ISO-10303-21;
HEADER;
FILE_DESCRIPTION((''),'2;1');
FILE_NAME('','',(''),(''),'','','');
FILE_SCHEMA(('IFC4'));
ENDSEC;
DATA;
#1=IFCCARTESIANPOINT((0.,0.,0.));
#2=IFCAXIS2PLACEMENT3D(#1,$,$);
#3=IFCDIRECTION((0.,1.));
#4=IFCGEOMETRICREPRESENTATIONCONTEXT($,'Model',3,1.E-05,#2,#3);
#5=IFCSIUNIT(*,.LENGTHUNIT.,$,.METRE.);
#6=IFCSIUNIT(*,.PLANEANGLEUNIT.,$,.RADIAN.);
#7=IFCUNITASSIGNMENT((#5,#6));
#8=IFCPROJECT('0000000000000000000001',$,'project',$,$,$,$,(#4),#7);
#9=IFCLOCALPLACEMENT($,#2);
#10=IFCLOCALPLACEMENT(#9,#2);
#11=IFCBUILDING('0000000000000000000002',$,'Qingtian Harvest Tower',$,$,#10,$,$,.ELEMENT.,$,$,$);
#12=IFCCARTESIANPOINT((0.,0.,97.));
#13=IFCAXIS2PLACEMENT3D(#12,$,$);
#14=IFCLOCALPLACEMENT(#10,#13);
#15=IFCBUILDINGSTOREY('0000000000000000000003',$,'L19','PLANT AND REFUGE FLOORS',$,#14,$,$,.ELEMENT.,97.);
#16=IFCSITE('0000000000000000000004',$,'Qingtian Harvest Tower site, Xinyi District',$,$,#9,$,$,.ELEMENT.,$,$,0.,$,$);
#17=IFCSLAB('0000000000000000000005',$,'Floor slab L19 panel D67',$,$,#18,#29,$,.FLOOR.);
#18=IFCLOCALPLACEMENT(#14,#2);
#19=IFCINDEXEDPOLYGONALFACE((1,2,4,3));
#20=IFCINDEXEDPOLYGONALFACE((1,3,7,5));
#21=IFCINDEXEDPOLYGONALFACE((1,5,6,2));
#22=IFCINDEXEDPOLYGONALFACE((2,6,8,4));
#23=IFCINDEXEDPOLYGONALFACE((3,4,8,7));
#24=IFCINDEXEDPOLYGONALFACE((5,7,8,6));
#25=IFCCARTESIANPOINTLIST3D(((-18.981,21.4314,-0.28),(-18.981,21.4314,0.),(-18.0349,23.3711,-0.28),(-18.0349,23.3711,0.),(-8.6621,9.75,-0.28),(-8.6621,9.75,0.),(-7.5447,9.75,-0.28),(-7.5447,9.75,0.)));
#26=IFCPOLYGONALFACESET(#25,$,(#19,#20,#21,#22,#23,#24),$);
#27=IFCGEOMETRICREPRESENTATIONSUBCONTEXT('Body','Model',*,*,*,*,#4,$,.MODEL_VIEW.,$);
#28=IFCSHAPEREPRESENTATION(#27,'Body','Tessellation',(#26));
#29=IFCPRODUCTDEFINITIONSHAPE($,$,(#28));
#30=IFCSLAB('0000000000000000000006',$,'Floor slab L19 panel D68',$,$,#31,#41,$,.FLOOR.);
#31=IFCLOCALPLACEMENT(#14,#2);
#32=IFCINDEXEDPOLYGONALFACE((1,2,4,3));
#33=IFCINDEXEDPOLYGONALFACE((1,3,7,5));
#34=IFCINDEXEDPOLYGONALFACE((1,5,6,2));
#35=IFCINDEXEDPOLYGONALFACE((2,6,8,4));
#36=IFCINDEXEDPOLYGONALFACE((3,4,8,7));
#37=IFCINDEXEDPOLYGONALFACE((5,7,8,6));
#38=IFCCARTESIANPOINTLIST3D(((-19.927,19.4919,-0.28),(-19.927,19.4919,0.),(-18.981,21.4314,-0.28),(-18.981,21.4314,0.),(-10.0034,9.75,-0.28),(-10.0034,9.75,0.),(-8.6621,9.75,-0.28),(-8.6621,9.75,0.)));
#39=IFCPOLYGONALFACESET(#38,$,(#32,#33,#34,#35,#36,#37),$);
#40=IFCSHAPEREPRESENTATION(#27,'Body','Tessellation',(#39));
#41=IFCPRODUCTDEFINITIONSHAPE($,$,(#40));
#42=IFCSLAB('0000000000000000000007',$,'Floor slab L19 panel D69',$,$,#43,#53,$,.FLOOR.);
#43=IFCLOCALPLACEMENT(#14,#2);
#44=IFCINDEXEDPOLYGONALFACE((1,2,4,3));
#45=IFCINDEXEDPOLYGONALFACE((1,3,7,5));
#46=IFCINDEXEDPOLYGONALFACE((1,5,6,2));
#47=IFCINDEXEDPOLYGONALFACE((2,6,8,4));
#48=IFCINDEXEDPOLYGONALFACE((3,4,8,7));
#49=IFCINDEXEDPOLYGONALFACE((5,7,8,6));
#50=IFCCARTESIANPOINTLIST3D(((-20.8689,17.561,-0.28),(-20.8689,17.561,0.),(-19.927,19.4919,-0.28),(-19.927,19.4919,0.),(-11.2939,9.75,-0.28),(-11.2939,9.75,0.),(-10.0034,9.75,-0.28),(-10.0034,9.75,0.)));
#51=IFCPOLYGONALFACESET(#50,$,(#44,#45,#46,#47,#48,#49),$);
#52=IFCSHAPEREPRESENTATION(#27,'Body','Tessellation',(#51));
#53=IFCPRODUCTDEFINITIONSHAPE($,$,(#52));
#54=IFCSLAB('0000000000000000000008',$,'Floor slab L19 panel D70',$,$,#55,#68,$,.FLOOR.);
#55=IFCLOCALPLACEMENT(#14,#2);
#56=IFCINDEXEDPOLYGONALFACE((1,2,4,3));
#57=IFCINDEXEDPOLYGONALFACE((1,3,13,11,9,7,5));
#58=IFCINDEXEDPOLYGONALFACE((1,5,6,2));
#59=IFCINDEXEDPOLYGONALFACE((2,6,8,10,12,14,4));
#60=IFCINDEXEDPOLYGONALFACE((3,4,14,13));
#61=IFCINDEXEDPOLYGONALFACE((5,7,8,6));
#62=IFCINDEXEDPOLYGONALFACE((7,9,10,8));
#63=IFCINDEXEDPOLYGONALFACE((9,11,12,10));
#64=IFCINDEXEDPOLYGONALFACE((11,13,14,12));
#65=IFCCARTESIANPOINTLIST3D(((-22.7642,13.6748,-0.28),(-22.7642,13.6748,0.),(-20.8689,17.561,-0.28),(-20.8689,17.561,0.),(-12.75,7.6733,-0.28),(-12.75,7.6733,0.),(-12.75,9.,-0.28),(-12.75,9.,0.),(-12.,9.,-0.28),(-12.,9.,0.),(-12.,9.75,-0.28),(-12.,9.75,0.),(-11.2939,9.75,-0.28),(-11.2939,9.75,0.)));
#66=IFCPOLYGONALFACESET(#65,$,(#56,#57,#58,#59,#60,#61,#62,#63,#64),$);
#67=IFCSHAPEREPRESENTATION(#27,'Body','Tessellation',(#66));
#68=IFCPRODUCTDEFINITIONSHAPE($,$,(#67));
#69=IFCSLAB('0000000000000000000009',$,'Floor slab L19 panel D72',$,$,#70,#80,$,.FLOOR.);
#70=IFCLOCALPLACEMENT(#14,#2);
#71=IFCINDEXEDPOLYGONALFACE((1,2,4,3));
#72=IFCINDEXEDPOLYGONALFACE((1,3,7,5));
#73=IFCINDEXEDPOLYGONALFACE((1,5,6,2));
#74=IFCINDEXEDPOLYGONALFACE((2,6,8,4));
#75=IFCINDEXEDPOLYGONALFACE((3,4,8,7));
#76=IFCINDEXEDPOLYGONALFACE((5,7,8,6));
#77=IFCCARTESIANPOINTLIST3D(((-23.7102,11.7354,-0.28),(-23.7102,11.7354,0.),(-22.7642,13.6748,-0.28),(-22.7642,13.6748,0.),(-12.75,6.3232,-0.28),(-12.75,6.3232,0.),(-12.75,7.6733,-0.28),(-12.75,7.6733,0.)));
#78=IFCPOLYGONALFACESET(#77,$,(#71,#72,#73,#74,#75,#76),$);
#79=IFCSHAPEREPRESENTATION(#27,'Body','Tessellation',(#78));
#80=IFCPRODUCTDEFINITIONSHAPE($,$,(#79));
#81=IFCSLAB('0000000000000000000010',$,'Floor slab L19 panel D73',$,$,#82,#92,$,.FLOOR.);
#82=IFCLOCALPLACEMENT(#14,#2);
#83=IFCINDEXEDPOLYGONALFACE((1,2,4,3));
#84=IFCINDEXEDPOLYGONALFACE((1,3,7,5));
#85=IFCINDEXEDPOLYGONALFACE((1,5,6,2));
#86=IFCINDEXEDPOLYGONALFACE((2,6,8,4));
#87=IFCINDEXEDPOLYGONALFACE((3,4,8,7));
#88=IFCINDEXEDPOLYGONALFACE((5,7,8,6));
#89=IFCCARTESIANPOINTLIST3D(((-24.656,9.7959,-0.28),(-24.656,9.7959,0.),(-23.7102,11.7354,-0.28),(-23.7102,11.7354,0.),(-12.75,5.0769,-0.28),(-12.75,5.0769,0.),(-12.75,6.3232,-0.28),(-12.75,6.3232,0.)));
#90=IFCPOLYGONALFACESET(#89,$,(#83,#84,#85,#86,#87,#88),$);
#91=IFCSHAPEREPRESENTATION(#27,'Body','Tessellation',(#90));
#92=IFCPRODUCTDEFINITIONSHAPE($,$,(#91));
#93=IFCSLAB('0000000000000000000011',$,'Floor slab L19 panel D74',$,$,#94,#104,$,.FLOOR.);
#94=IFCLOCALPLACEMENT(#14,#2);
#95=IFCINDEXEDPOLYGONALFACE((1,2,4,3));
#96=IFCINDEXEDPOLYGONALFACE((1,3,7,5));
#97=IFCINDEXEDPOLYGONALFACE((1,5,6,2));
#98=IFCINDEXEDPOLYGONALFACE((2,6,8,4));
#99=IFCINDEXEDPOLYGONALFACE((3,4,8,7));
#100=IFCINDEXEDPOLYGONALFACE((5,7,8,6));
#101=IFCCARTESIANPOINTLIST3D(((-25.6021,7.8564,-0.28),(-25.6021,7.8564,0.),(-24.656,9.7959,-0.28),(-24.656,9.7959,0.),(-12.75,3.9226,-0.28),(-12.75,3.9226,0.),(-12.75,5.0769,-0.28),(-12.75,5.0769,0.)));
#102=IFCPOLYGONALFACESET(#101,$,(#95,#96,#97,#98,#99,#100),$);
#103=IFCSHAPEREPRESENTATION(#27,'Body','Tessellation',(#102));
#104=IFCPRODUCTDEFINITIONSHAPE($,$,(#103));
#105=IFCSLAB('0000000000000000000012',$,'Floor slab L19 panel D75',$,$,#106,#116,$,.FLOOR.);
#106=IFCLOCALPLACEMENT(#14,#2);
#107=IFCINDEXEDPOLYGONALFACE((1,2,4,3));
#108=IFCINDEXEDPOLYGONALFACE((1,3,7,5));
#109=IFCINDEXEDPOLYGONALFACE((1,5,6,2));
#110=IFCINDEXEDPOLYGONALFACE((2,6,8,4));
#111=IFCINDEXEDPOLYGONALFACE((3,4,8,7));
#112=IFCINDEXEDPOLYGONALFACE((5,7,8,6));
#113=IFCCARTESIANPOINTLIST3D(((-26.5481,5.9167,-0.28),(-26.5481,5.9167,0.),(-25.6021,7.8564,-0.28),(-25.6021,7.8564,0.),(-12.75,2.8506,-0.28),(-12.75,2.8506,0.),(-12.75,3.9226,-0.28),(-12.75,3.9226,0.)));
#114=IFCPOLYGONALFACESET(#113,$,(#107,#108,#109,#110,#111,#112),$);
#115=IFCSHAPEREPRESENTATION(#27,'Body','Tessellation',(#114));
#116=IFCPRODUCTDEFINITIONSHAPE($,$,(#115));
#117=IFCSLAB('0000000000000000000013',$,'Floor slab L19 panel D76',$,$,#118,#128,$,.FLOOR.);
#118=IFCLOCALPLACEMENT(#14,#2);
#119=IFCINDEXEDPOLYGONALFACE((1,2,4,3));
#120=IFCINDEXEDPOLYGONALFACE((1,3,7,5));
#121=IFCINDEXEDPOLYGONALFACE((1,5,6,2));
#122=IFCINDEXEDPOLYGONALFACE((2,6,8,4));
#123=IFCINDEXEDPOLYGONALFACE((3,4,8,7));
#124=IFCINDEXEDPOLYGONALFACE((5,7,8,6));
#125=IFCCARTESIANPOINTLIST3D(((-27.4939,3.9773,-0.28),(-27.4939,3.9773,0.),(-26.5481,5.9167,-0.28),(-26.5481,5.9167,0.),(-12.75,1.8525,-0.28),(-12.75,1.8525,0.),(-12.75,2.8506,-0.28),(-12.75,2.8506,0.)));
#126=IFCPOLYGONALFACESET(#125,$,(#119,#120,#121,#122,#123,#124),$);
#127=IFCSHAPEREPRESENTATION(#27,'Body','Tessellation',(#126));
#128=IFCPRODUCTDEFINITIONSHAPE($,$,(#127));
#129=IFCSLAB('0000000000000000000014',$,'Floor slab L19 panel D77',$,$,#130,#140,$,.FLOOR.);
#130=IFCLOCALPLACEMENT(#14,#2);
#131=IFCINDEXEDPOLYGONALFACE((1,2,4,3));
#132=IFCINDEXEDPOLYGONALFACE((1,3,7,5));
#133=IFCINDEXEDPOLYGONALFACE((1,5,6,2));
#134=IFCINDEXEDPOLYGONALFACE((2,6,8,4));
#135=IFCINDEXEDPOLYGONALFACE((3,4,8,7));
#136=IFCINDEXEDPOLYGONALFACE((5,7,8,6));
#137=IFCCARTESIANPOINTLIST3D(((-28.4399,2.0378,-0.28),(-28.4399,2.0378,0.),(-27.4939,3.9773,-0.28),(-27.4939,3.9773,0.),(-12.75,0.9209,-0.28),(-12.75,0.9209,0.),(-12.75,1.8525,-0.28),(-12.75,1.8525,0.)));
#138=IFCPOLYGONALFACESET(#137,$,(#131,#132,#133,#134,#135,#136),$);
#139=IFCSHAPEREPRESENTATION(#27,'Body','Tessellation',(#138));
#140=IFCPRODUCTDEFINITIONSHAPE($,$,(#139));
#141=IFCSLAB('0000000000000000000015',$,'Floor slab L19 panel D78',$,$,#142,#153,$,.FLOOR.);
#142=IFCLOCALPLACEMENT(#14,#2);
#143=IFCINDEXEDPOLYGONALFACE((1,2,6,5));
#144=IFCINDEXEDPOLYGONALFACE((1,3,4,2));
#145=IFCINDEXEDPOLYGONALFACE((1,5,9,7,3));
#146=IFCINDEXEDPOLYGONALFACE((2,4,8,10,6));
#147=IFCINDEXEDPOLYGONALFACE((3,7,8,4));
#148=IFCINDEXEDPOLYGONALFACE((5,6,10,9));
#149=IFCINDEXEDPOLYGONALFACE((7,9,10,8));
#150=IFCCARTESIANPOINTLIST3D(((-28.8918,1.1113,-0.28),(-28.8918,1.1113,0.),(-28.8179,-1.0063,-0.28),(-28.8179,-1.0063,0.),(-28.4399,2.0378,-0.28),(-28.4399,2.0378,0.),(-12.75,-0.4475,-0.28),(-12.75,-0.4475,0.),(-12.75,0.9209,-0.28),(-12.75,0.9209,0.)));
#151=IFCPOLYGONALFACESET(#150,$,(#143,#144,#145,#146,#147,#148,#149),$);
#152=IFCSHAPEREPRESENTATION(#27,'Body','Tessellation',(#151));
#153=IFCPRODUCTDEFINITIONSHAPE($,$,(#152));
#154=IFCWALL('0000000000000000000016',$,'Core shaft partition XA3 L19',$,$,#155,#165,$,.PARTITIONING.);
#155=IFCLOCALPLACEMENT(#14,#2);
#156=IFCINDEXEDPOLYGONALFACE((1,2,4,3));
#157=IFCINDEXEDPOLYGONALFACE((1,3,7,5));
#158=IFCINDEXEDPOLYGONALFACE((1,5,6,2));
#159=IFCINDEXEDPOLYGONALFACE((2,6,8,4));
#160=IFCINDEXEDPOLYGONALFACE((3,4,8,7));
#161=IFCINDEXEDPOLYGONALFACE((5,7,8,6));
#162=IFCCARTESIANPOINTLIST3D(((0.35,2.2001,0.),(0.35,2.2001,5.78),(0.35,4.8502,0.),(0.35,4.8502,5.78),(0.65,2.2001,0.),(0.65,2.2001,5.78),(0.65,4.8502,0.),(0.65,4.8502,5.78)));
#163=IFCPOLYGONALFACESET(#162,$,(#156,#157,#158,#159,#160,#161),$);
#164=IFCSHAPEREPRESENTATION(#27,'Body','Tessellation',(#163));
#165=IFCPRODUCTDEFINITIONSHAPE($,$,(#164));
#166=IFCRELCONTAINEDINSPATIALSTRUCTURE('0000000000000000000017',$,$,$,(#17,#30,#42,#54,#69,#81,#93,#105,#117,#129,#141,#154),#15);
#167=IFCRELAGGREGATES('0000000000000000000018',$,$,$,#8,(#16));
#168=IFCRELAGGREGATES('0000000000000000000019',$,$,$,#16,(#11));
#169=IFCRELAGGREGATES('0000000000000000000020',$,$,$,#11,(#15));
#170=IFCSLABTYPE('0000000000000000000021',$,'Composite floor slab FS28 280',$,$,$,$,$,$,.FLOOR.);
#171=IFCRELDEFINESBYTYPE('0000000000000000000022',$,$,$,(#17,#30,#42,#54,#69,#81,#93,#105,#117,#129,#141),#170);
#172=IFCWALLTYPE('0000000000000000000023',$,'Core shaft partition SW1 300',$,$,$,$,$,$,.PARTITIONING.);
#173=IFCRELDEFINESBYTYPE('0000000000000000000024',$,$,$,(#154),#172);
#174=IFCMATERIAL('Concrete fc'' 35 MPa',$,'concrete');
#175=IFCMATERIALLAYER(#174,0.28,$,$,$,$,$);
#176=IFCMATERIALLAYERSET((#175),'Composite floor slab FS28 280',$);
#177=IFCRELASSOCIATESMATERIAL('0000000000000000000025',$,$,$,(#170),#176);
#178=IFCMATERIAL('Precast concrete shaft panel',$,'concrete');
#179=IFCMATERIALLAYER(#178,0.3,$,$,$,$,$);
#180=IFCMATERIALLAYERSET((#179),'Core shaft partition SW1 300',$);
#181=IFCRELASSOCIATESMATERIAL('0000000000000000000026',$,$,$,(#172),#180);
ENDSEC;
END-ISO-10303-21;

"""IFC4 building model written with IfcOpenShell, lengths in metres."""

from ifc_helpers import new_model, si_unit, direction, frame, frame_2d, origin, place, context, subcontext, project, spatial, polyline, rectangle, outline, extrude, material, layer, layer_set, type_object, element, save


model = new_model("IFC4")

# Units and contexts
model_context = context("Model", 3, precision=1e-05, world=origin(), true_north=direction((0.0, 1.0)))
body_context = subcontext(model_context, "Body", "Model", "MODEL_VIEW")
ifc_project = project(units=[si_unit("LENGTHUNIT", "METRE"), si_unit("PLANEANGLEUNIT", "RADIAN")], contexts=[model_context])

# Site, building, storey
site_placement = place(None, origin())
site = spatial("IfcSite", under=ifc_project, at=site_placement, Name="Qingtian Harvest Tower site, Xinyi District", CompositionType="ELEMENT", RefElevation=0.0)
building_placement = place(site_placement, origin())
building = spatial("IfcBuilding", under=site, at=building_placement, Name="Qingtian Harvest Tower", CompositionType="ELEMENT")
storey_placement = place(building_placement, frame((0.0, 0.0, 97.0)))
storey = spatial("IfcBuildingStorey", under=building, at=storey_placement, Name="L19", Description="PLANT AND REFUGE FLOORS", CompositionType="ELEMENT", Elevation=97.0)

# Slabs
ifc_material_1 = material(Name="Concrete fc' 35 MPa", Category="concrete")
ifc_layer_1 = layer(ifc_material_1, 0.28)
ifc_layer_set_1 = layer_set([ifc_layer_1], Name="Composite floor slab FS28 280")
slab_type = type_object("IfcSlabType", Name="Composite floor slab FS28 280", PredefinedType="FLOOR", material=ifc_layer_set_1)
slab_1_placement = place(storey_placement, frame((0.0, 0.0, -0.28)))
element("IfcSlab", 1, at=slab_1_placement, inside=storey, type_object=slab_type, Name="Floor slab L19 panel D67", PredefinedType="FLOOR", context=body_context, shape_type="SweptSolid", body=[
    extrude(outline(polyline([(-8.6621, 9.75), (-18.981, 21.4314), (-18.0349, 23.3711), (-7.5447, 9.75), (-8.6621, 9.75)])), origin(), (0.0, 0.0, 1.0), 0.28),
])
slab_2_placement = place(storey_placement, frame((0.0, 0.0, -0.28)))
element("IfcSlab", 2, at=slab_2_placement, inside=storey, type_object=slab_type, Name="Floor slab L19 panel D68", PredefinedType="FLOOR", context=body_context, shape_type="SweptSolid", body=[
    extrude(outline(polyline([(-10.0034, 9.75), (-19.927, 19.4919), (-18.981, 21.4314), (-8.6621, 9.75), (-10.0034, 9.75)])), origin(), (0.0, 0.0, 1.0), 0.28),
])
slab_3_placement = place(storey_placement, frame((0.0, 0.0, -0.28)))
element("IfcSlab", 3, at=slab_3_placement, inside=storey, type_object=slab_type, Name="Floor slab L19 panel D69", PredefinedType="FLOOR", context=body_context, shape_type="SweptSolid", body=[
    extrude(outline(polyline([(-11.2939, 9.75), (-20.8689, 17.561), (-19.927, 19.4919), (-10.0034, 9.75), (-11.2939, 9.75)])), origin(), (0.0, 0.0, 1.0), 0.28),
])
slab_4_placement = place(storey_placement, frame((0.0, 0.0, -0.28)))
element("IfcSlab", 4, at=slab_4_placement, inside=storey, type_object=slab_type, Name="Floor slab L19 panel D70", PredefinedType="FLOOR", context=body_context, shape_type="SweptSolid", body=[
    extrude(outline(polyline([(-12.0, 9.0), (-12.75, 9.0), (-12.75, 7.6733), (-22.7642, 13.6748), (-20.8689, 17.561), (-11.2939, 9.75), (-12.0, 9.75), (-12.0, 9.0)])), origin(), (0.0, 0.0, 1.0), 0.28),
])
slab_5_placement = place(storey_placement, frame((0.0, 0.0, -0.28)))
element("IfcSlab", 5, at=slab_5_placement, inside=storey, type_object=slab_type, Name="Floor slab L19 panel D72", PredefinedType="FLOOR", context=body_context, shape_type="SweptSolid", body=[
    extrude(outline(polyline([(-12.75, 6.3232), (-23.7102, 11.7354), (-22.7642, 13.6748), (-12.75, 7.6733), (-12.75, 6.3232)])), origin(), (0.0, 0.0, 1.0), 0.28),
])
slab_6_placement = place(storey_placement, frame((0.0, 0.0, -0.28)))
element("IfcSlab", 6, at=slab_6_placement, inside=storey, type_object=slab_type, Name="Floor slab L19 panel D73", PredefinedType="FLOOR", context=body_context, shape_type="SweptSolid", body=[
    extrude(outline(polyline([(-12.75, 5.0769), (-24.656, 9.7959), (-23.7102, 11.7354), (-12.75, 6.3232), (-12.75, 5.0769)])), origin(), (0.0, 0.0, 1.0), 0.28),
])
slab_7_placement = place(storey_placement, frame((0.0, 0.0, -0.28)))
element("IfcSlab", 7, at=slab_7_placement, inside=storey, type_object=slab_type, Name="Floor slab L19 panel D74", PredefinedType="FLOOR", context=body_context, shape_type="SweptSolid", body=[
    extrude(outline(polyline([(-12.75, 3.9226), (-25.6021, 7.8564), (-24.656, 9.7959), (-12.75, 5.0769), (-12.75, 3.9226)])), origin(), (0.0, 0.0, 1.0), 0.28),
])
slab_8_placement = place(storey_placement, frame((0.0, 0.0, -0.28)))
element("IfcSlab", 8, at=slab_8_placement, inside=storey, type_object=slab_type, Name="Floor slab L19 panel D75", PredefinedType="FLOOR", context=body_context, shape_type="SweptSolid", body=[
    extrude(outline(polyline([(-12.75, 2.8506), (-26.5481, 5.9167), (-25.6021, 7.8564), (-12.75, 3.9226), (-12.75, 2.8506)])), origin(), (0.0, 0.0, 1.0), 0.28),
])
slab_9_placement = place(storey_placement, frame((0.0, 0.0, -0.28)))
element("IfcSlab", 9, at=slab_9_placement, inside=storey, type_object=slab_type, Name="Floor slab L19 panel D76", PredefinedType="FLOOR", context=body_context, shape_type="SweptSolid", body=[
    extrude(outline(polyline([(-12.75, 1.8525), (-27.4939, 3.9773), (-26.5481, 5.9167), (-12.75, 2.8506), (-12.75, 1.8525)])), origin(), (0.0, 0.0, 1.0), 0.28),
])
slab_10_placement = place(storey_placement, frame((0.0, 0.0, -0.28)))
element("IfcSlab", 10, at=slab_10_placement, inside=storey, type_object=slab_type, Name="Floor slab L19 panel D77", PredefinedType="FLOOR", context=body_context, shape_type="SweptSolid", body=[
    extrude(outline(polyline([(-12.75, 0.9209), (-28.4399, 2.0378), (-27.4939, 3.9773), (-12.75, 1.8525), (-12.75, 0.9209)])), origin(), (0.0, 0.0, 1.0), 0.28),
])
slab_11_placement = place(storey_placement, frame((0.0, 0.0, -0.28)))
element("IfcSlab", 11, at=slab_11_placement, inside=storey, type_object=slab_type, Name="Floor slab L19 panel D78", PredefinedType="FLOOR", context=body_context, shape_type="SweptSolid", body=[
    extrude(outline(polyline([(-12.75, 0.9209), (-12.75, -0.4475), (-28.8179, -1.0063), (-28.8918, 1.1113), (-28.4399, 2.0378), (-12.75, 0.9209)])), origin(), (0.0, 0.0, 1.0), 0.28),
])

# Wall
ifc_material_2 = material(Name="Precast concrete shaft panel", Category="concrete")
ifc_layer_2 = layer(ifc_material_2, 0.3)
ifc_layer_set_2 = layer_set([ifc_layer_2], Name="Core shaft partition SW1 300")
wall_type = type_object("IfcWallType", Name="Core shaft partition SW1 300", PredefinedType="PARTITIONING", material=ifc_layer_set_2)
wall_placement = place(storey_placement, frame((0.5, 2.2, 0.0), z_axis=(0.0, 0.0, 1.0), x_axis=(0.0, 1.0, 0.0)))
element("IfcWall", 12, at=wall_placement, inside=storey, type_object=wall_type, Name="Core shaft partition XA3 L19", PredefinedType="PARTITIONING", context=body_context, shape_type="SweptSolid", body=[
    extrude(rectangle(XDim=2.6501, YDim=0.3, at=frame_2d((1.3252, 0.0))), origin(), (0.0, 0.0, 1.0), 5.78),
])

save(model, "model.ifc")
